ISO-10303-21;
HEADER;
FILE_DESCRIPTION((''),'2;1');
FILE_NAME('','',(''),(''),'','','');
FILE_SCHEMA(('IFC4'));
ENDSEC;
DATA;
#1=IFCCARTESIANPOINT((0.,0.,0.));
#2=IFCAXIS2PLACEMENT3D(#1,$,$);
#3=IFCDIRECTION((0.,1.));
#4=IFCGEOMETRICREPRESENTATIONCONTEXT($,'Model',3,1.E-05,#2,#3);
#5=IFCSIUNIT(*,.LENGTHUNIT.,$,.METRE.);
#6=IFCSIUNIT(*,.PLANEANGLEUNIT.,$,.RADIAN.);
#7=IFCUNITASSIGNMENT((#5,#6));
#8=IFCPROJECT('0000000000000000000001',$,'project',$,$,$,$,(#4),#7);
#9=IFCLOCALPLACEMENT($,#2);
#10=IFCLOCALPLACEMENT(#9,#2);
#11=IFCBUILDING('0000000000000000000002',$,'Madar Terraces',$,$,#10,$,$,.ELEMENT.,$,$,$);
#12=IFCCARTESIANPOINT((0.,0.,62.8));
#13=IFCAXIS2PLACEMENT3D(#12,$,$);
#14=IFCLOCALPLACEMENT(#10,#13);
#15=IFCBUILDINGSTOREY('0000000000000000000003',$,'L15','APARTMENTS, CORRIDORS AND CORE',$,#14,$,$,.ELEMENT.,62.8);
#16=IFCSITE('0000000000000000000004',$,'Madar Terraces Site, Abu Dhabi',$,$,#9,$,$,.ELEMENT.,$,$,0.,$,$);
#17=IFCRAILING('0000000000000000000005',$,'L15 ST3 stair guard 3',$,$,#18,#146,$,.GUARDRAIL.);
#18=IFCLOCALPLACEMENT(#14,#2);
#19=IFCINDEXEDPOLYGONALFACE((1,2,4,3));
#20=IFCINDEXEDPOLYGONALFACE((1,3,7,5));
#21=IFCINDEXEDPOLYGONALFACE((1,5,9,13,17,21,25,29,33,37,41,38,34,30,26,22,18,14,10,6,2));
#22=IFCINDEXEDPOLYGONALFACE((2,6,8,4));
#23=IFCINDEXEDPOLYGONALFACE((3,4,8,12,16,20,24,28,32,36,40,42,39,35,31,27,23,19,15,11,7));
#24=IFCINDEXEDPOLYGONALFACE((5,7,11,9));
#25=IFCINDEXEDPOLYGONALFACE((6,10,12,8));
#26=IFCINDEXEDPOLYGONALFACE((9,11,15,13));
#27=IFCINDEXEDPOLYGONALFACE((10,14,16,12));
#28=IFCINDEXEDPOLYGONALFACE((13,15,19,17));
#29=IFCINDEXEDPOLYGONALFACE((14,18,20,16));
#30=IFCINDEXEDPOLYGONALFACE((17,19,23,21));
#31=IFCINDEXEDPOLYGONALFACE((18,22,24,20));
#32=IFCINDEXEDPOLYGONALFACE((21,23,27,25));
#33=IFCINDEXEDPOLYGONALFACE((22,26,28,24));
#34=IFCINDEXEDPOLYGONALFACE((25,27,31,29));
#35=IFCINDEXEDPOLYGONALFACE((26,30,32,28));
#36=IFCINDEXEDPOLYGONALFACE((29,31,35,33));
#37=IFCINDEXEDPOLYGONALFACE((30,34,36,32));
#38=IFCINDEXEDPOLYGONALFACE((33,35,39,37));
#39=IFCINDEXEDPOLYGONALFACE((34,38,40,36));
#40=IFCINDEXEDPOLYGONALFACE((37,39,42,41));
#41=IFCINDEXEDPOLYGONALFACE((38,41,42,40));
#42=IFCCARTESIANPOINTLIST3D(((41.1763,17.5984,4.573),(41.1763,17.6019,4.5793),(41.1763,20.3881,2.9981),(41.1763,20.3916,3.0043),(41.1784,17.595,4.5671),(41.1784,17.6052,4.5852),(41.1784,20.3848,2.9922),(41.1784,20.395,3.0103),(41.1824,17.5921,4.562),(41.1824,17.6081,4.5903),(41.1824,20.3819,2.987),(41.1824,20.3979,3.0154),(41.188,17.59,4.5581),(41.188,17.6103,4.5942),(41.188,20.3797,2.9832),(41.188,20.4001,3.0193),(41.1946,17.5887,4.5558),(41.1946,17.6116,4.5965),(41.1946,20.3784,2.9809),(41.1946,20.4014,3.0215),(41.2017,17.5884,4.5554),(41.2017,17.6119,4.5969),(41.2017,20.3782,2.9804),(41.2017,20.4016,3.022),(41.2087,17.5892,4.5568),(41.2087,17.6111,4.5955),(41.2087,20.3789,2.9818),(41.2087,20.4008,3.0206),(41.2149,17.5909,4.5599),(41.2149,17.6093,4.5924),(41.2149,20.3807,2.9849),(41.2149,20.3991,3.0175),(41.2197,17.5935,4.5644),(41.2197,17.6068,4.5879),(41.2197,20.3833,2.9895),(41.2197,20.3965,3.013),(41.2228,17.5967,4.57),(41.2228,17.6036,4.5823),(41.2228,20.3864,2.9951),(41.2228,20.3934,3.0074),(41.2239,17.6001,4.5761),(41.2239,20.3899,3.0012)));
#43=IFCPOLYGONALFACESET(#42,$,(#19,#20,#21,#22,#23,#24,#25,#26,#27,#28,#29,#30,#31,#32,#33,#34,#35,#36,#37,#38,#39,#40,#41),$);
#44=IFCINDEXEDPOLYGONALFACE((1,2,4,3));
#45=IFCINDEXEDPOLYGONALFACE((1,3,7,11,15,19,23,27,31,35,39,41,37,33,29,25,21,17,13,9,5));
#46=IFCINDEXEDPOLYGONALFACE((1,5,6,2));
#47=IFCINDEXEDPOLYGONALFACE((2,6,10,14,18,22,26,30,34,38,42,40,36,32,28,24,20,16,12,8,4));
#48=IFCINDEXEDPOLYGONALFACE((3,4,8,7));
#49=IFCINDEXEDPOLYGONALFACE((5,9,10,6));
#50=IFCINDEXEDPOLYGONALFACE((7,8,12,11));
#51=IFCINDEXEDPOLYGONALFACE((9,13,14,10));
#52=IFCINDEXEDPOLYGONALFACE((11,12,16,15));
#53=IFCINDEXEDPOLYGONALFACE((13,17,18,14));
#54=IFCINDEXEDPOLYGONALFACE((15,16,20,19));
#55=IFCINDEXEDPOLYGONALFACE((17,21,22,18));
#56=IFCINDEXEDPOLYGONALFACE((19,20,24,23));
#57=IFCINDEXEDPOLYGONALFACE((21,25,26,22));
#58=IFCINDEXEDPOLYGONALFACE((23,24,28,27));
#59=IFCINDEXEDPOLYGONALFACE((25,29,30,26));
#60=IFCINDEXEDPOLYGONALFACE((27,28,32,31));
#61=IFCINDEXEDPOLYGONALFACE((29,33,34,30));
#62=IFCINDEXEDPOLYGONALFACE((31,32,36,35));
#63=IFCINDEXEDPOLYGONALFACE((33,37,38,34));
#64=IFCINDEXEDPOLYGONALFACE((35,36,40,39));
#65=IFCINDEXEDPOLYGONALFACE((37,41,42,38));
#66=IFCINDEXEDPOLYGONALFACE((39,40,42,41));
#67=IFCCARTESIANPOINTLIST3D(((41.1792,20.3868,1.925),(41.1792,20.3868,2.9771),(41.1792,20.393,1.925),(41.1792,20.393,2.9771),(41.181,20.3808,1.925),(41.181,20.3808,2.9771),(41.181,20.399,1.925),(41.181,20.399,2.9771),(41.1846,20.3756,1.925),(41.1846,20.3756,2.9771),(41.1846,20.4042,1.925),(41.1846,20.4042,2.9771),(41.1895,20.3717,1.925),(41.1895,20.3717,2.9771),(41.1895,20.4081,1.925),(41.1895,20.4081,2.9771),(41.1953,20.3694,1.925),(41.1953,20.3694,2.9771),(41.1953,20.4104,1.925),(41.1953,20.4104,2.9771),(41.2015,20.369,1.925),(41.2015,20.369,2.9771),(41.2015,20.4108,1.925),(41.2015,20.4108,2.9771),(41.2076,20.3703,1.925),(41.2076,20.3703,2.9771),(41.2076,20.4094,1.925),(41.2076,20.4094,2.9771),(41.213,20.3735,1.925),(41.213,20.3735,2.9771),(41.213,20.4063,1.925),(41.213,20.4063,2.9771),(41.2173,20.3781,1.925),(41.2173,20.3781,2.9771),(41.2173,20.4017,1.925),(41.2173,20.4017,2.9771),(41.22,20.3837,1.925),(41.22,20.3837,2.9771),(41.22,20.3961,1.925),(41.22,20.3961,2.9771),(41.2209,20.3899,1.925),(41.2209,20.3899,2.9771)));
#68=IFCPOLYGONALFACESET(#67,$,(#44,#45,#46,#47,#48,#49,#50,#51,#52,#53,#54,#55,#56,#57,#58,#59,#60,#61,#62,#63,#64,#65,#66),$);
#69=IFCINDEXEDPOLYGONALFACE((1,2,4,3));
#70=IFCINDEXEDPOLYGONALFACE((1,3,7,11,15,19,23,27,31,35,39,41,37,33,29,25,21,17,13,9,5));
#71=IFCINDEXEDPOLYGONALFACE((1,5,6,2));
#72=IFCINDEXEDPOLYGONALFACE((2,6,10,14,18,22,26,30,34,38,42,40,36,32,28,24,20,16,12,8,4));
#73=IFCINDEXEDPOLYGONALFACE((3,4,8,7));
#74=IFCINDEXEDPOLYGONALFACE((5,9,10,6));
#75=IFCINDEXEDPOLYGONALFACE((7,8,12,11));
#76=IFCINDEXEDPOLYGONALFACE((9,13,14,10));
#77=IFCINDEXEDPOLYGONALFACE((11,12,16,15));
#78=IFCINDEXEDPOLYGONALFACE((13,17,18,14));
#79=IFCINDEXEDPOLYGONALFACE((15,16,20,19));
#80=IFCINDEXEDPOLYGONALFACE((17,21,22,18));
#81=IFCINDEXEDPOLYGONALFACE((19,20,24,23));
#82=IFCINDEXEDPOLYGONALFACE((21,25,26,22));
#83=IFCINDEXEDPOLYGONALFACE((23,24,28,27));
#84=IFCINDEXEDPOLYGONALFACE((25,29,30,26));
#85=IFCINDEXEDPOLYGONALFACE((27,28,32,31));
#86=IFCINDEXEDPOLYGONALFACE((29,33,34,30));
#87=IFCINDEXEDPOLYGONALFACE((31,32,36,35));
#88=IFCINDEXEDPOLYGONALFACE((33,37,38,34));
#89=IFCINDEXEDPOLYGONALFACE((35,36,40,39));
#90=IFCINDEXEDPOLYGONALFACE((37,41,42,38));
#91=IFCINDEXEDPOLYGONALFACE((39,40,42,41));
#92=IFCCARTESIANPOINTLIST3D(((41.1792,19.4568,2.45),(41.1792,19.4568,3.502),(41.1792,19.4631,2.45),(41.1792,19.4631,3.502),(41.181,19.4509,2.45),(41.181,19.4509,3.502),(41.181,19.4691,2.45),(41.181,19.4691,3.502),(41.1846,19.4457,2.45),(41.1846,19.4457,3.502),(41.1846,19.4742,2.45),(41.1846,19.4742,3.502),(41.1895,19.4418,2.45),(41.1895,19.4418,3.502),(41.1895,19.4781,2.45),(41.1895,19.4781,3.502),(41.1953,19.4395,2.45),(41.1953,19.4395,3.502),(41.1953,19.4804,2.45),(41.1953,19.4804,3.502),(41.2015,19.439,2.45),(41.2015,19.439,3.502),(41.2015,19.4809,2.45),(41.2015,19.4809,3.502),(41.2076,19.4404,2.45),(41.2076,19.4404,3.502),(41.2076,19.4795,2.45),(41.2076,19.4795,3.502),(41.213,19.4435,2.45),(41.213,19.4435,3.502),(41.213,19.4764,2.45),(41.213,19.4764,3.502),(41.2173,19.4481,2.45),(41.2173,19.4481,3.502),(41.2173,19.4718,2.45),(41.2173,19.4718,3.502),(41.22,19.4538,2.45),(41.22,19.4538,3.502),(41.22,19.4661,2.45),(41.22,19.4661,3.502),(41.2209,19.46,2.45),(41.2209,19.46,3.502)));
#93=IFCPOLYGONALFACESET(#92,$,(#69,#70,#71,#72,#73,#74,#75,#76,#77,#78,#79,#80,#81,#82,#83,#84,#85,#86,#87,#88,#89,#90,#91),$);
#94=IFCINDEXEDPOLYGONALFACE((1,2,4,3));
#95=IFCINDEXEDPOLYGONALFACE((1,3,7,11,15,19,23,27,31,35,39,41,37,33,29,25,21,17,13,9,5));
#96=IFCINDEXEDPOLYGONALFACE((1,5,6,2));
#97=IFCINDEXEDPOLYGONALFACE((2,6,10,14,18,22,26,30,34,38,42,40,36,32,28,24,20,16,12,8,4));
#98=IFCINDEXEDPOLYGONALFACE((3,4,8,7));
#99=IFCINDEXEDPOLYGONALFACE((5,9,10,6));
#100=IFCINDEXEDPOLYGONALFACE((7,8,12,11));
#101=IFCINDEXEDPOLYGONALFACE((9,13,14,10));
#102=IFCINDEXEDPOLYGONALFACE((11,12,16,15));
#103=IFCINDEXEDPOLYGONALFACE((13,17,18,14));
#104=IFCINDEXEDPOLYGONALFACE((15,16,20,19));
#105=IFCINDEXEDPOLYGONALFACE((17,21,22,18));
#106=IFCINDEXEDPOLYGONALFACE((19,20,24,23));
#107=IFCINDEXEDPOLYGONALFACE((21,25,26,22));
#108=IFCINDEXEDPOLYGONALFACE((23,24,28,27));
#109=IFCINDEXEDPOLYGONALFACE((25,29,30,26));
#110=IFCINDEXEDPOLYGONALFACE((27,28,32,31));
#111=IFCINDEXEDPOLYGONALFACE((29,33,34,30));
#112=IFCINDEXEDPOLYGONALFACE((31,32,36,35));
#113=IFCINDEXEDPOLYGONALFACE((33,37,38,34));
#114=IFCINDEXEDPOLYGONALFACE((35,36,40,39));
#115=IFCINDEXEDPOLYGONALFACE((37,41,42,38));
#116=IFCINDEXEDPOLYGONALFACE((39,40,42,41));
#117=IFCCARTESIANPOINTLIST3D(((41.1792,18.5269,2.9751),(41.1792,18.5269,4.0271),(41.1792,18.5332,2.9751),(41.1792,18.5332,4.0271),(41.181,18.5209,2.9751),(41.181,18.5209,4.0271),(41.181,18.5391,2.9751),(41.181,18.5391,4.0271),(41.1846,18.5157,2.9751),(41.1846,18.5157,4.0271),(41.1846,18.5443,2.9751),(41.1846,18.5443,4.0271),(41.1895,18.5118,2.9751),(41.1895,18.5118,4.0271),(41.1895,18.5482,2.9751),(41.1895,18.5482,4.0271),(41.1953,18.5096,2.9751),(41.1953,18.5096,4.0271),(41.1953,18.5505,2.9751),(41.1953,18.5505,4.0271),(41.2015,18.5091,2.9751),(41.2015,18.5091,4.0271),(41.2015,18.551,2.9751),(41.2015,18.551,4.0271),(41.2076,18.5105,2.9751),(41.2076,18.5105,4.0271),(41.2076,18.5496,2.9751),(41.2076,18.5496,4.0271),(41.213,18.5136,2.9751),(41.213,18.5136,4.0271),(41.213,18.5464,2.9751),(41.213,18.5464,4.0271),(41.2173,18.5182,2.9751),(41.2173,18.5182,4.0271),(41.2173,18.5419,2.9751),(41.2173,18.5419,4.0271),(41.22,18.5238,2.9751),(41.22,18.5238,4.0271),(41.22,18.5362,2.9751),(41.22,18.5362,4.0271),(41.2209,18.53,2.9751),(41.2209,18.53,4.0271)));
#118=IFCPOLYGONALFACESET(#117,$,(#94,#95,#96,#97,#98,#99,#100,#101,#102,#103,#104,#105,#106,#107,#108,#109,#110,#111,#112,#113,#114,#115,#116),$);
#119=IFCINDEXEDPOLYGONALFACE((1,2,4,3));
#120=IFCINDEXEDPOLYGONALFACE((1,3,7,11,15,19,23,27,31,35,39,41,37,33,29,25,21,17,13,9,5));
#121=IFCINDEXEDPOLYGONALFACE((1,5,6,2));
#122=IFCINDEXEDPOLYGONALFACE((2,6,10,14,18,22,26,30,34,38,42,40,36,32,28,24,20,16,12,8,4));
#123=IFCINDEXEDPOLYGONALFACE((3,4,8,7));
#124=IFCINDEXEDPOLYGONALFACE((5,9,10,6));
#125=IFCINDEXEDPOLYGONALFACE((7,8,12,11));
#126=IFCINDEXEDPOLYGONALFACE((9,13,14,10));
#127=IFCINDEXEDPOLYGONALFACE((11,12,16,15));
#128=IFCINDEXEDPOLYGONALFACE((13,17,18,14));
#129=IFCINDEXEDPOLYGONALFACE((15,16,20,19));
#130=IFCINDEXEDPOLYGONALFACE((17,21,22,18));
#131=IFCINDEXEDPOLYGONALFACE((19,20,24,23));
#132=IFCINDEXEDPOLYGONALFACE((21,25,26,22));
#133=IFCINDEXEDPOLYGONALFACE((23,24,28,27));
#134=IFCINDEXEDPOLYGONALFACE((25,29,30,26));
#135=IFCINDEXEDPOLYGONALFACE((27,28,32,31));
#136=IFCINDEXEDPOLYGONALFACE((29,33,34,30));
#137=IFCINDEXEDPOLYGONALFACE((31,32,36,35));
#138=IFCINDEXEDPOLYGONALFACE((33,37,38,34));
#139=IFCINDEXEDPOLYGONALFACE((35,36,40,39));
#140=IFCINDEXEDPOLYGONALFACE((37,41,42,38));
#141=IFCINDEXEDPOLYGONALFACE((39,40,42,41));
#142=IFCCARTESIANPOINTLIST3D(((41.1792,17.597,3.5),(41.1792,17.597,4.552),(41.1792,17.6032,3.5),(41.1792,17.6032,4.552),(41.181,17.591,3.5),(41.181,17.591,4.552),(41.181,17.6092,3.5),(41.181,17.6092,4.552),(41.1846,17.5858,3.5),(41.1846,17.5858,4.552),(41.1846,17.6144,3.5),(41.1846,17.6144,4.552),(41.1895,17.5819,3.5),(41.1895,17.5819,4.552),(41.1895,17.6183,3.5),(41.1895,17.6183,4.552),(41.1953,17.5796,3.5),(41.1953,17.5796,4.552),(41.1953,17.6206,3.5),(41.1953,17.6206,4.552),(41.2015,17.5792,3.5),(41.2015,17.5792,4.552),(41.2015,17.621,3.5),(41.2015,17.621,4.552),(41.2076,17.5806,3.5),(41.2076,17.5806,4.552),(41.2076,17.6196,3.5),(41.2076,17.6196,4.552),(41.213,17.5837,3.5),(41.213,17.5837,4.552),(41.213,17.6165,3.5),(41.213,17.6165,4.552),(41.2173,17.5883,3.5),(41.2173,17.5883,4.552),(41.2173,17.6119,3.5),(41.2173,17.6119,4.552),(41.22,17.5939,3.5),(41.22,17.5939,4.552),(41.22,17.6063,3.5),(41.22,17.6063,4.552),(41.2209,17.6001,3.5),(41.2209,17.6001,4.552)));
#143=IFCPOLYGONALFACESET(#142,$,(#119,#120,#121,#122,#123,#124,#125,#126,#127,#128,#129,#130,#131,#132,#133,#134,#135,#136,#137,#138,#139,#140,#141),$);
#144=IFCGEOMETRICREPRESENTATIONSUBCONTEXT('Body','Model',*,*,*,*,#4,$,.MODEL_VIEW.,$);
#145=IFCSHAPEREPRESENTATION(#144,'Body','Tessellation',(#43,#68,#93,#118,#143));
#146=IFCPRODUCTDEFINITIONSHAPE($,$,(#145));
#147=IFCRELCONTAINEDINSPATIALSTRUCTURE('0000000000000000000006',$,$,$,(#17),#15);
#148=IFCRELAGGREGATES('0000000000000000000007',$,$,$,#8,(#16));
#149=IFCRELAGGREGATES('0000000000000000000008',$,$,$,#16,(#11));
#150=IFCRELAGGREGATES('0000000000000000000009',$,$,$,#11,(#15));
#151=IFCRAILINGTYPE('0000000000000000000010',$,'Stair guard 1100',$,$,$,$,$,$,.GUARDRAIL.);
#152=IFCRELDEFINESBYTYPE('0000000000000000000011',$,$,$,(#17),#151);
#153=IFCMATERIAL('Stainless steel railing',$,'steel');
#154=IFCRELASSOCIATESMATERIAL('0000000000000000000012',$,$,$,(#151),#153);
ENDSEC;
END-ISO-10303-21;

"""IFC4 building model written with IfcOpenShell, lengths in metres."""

from ifc_helpers import new_model, si_unit, direction, frame, origin, origin_2d, place, context, subcontext, project, spatial, circle, extrude, material, type_object, element, save


model = new_model("IFC4")

# Units and contexts
model_context = context("Model", 3, precision=1e-05, world=origin(), true_north=direction((0.0, 1.0)))
body_context = subcontext(model_context, "Body", "Model", "MODEL_VIEW")
ifc_project = project(units=[si_unit("LENGTHUNIT", "METRE"), si_unit("PLANEANGLEUNIT", "RADIAN")], contexts=[model_context])

# Site, building, storey
site_placement = place(None, origin())
site = spatial("IfcSite", under=ifc_project, at=site_placement, Name="Madar Terraces Site, Abu Dhabi", CompositionType="ELEMENT", RefElevation=0.0)
building_placement = place(site_placement, origin())
building = spatial("IfcBuilding", under=site, at=building_placement, Name="Madar Terraces", CompositionType="ELEMENT")
storey_placement = place(building_placement, frame((0.0, 0.0, 62.8)))
storey = spatial("IfcBuildingStorey", under=building, at=storey_placement, Name="L15", Description="APARTMENTS, CORRIDORS AND CORE", CompositionType="ELEMENT", Elevation=62.8)

# Railing
ifc_material_1 = material(Name="Stainless steel railing", Category="steel")
railing_type_1 = type_object("IfcRailingType", Name="Stair guard 1100", PredefinedType="GUARDRAIL", material=ifc_material_1)
railing_1_placement = place(storey_placement, frame((41.2, 20.3899, 1.925)))
element("IfcRailing", 1, at=railing_1_placement, inside=storey, type_object=railing_type_1, Name="L15 ST3 stair guard 3", PredefinedType="GUARDRAIL", context=body_context, shape_type="SweptSolid", body=[
    extrude(circle(Radius=0.0239, at=origin_2d()), frame((0.0, 0.0, 1.0762), z_axis=(0.0, -0.870815, 0.49161), x_axis=(1.0, 0.0, 0.0)), (0.0, 0.0, 1.0), 3.2036),
    extrude(circle(Radius=0.021, at=origin_2d()), origin(), (0.0, 0.0, 1.0), 1.052),
    extrude(circle(Radius=0.021, at=origin_2d()), frame((0.0, -0.9299, 0.5249)), (0.0, 0.0, 1.0), 1.052),
    extrude(circle(Radius=0.021, at=origin_2d()), frame((0.0, -1.8599, 1.05)), (0.0, 0.0, 1.0), 1.052),
    extrude(circle(Radius=0.021, at=origin_2d()), frame((0.0, -2.7898, 1.575)), (0.0, 0.0, 1.0), 1.052),
])

save(model, "model.ifc")
